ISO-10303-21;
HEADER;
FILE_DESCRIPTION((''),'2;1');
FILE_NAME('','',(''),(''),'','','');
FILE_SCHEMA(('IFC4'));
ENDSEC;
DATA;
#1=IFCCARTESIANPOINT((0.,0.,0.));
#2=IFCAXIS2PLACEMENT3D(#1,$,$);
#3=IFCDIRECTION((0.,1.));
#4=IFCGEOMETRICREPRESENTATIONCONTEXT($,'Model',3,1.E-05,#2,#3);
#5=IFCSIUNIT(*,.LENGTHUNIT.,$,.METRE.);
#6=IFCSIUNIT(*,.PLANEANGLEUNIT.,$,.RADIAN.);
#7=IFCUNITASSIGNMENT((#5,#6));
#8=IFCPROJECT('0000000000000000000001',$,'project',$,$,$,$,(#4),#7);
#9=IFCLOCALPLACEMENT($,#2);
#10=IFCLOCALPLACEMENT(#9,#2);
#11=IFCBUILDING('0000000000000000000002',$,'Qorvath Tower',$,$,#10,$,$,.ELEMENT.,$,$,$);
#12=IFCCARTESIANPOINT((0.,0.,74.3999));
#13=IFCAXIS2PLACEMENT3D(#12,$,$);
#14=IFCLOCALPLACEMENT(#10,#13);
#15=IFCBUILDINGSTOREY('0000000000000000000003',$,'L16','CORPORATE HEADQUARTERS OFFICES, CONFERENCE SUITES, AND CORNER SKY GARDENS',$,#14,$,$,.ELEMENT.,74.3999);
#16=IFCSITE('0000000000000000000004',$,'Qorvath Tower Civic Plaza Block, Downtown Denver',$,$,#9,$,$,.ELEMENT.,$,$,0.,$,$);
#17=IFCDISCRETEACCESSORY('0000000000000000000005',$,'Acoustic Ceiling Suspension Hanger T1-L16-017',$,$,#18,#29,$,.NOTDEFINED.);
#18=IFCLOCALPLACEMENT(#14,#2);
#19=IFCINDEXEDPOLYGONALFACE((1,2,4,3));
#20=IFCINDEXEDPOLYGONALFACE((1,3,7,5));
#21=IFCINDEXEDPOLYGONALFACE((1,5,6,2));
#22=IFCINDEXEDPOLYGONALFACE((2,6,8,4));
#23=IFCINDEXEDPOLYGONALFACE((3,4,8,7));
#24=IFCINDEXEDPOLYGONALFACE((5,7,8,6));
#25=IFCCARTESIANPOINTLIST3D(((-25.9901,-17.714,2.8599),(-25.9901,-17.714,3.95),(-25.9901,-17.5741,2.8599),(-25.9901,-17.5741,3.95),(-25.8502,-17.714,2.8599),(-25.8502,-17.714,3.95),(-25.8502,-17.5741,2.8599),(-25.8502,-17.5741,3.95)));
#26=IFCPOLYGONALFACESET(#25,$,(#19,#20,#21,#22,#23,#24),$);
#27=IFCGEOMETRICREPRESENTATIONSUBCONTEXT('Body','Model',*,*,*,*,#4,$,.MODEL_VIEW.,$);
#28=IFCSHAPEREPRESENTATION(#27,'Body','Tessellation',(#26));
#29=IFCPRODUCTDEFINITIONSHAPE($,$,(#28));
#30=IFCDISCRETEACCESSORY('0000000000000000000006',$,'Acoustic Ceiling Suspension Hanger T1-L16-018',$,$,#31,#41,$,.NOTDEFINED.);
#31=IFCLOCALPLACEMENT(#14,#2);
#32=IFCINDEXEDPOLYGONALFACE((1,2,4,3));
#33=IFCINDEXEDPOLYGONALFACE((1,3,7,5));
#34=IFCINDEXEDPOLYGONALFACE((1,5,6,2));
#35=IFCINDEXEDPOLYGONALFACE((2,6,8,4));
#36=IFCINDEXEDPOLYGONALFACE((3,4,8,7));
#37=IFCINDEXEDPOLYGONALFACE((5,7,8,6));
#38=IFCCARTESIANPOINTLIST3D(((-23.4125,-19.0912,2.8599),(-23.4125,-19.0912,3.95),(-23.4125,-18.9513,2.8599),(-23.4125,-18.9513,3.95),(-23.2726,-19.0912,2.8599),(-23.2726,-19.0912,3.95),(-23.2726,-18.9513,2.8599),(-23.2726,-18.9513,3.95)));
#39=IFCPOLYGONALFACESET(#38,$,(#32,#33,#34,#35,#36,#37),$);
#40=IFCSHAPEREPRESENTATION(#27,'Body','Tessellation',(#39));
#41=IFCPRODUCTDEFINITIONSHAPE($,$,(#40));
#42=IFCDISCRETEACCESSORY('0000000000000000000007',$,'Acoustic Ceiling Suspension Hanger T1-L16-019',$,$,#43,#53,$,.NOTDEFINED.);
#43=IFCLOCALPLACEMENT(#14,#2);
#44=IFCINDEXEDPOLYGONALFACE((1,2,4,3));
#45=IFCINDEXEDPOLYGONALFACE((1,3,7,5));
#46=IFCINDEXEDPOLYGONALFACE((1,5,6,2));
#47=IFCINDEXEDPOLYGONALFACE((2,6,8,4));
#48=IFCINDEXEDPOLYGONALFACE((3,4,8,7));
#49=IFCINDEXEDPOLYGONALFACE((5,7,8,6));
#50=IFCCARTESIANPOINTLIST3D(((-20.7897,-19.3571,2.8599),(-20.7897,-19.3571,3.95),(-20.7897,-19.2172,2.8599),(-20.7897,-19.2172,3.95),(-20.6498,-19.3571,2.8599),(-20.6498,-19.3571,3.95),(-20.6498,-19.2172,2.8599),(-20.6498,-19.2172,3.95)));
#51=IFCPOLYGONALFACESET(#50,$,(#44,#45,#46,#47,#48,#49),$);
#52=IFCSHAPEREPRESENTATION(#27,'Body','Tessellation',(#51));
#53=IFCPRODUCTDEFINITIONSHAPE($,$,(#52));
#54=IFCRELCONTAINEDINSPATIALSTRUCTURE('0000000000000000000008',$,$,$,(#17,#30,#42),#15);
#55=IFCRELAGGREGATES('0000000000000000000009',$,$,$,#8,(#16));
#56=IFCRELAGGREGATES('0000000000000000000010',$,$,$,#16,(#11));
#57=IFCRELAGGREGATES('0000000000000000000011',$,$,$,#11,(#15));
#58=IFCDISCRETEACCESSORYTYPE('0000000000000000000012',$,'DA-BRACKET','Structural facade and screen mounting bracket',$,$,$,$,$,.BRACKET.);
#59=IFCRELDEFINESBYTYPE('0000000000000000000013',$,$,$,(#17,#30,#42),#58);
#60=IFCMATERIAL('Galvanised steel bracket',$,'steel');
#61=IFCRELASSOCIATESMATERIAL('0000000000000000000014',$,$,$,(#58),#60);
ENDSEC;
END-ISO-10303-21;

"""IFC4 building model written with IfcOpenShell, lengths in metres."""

from ifc_helpers import new_model, si_unit, direction, frame, origin, origin_2d, place, context, subcontext, project, spatial, rectangle, extrude, material, type_object, element, save


model = new_model("IFC4")

# Units and contexts
model_context = context("Model", 3, precision=1e-05, world=origin(), true_north=direction((0.0, 1.0)))
body_context = subcontext(model_context, "Body", "Model", "MODEL_VIEW")
ifc_project = project(units=[si_unit("LENGTHUNIT", "METRE"), si_unit("PLANEANGLEUNIT", "RADIAN")], contexts=[model_context])

# Site, building, storey
site_placement = place(None, origin())
site = spatial("IfcSite", under=ifc_project, at=site_placement, Name="Qorvath Tower Civic Plaza Block, Downtown Denver", CompositionType="ELEMENT", RefElevation=0.0)
building_placement = place(site_placement, origin())
building = spatial("IfcBuilding", under=site, at=building_placement, Name="Qorvath Tower", CompositionType="ELEMENT")
storey_placement = place(building_placement, frame((0.0, 0.0, 74.3999)))
storey = spatial("IfcBuildingStorey", under=building, at=storey_placement, Name="L16", Description="CORPORATE HEADQUARTERS OFFICES, CONFERENCE SUITES, AND CORNER SKY GARDENS", CompositionType="ELEMENT", Elevation=74.3999)

# Discrete accessories
ifc_material_1 = material(Name="Galvanised steel bracket", Category="steel")
discrete_accessory_type = type_object("IfcDiscreteAccessoryType", Name="DA-BRACKET", Description="Structural facade and screen mounting bracket", PredefinedType="BRACKET", material=ifc_material_1)
for number, where, z_axis, x_axis, name in (
    (1, (-25.9202, -17.644, 2.8599), (0.0, 0.0, 1.0), (1.0, 0.0, 0.0), "Acoustic Ceiling Suspension Hanger T1-L16-017"),
    (2, (-23.3425, -19.0212, 2.8599), (0.0, 0.0, 1.0), (1.0, 0.0, 0.0), "Acoustic Ceiling Suspension Hanger T1-L16-018"),
    (3, (-20.7197, -19.2871, 2.8599), (0.0, 0.0, 1.0), (1.0, 0.0, 0.0), "Acoustic Ceiling Suspension Hanger T1-L16-019"),
):
    element("IfcDiscreteAccessory", number, at=place(storey_placement, frame(where, z_axis=z_axis, x_axis=x_axis)), inside=storey, type_object=discrete_accessory_type, Name=name, PredefinedType="NOTDEFINED", context=body_context, shape_type="SweptSolid", body=[
        extrude(rectangle(XDim=0.1399, YDim=0.1399, at=origin_2d()), origin(), (0.0, 0.0, 1.0), 1.0901),
    ])

save(model, "model.ifc")
